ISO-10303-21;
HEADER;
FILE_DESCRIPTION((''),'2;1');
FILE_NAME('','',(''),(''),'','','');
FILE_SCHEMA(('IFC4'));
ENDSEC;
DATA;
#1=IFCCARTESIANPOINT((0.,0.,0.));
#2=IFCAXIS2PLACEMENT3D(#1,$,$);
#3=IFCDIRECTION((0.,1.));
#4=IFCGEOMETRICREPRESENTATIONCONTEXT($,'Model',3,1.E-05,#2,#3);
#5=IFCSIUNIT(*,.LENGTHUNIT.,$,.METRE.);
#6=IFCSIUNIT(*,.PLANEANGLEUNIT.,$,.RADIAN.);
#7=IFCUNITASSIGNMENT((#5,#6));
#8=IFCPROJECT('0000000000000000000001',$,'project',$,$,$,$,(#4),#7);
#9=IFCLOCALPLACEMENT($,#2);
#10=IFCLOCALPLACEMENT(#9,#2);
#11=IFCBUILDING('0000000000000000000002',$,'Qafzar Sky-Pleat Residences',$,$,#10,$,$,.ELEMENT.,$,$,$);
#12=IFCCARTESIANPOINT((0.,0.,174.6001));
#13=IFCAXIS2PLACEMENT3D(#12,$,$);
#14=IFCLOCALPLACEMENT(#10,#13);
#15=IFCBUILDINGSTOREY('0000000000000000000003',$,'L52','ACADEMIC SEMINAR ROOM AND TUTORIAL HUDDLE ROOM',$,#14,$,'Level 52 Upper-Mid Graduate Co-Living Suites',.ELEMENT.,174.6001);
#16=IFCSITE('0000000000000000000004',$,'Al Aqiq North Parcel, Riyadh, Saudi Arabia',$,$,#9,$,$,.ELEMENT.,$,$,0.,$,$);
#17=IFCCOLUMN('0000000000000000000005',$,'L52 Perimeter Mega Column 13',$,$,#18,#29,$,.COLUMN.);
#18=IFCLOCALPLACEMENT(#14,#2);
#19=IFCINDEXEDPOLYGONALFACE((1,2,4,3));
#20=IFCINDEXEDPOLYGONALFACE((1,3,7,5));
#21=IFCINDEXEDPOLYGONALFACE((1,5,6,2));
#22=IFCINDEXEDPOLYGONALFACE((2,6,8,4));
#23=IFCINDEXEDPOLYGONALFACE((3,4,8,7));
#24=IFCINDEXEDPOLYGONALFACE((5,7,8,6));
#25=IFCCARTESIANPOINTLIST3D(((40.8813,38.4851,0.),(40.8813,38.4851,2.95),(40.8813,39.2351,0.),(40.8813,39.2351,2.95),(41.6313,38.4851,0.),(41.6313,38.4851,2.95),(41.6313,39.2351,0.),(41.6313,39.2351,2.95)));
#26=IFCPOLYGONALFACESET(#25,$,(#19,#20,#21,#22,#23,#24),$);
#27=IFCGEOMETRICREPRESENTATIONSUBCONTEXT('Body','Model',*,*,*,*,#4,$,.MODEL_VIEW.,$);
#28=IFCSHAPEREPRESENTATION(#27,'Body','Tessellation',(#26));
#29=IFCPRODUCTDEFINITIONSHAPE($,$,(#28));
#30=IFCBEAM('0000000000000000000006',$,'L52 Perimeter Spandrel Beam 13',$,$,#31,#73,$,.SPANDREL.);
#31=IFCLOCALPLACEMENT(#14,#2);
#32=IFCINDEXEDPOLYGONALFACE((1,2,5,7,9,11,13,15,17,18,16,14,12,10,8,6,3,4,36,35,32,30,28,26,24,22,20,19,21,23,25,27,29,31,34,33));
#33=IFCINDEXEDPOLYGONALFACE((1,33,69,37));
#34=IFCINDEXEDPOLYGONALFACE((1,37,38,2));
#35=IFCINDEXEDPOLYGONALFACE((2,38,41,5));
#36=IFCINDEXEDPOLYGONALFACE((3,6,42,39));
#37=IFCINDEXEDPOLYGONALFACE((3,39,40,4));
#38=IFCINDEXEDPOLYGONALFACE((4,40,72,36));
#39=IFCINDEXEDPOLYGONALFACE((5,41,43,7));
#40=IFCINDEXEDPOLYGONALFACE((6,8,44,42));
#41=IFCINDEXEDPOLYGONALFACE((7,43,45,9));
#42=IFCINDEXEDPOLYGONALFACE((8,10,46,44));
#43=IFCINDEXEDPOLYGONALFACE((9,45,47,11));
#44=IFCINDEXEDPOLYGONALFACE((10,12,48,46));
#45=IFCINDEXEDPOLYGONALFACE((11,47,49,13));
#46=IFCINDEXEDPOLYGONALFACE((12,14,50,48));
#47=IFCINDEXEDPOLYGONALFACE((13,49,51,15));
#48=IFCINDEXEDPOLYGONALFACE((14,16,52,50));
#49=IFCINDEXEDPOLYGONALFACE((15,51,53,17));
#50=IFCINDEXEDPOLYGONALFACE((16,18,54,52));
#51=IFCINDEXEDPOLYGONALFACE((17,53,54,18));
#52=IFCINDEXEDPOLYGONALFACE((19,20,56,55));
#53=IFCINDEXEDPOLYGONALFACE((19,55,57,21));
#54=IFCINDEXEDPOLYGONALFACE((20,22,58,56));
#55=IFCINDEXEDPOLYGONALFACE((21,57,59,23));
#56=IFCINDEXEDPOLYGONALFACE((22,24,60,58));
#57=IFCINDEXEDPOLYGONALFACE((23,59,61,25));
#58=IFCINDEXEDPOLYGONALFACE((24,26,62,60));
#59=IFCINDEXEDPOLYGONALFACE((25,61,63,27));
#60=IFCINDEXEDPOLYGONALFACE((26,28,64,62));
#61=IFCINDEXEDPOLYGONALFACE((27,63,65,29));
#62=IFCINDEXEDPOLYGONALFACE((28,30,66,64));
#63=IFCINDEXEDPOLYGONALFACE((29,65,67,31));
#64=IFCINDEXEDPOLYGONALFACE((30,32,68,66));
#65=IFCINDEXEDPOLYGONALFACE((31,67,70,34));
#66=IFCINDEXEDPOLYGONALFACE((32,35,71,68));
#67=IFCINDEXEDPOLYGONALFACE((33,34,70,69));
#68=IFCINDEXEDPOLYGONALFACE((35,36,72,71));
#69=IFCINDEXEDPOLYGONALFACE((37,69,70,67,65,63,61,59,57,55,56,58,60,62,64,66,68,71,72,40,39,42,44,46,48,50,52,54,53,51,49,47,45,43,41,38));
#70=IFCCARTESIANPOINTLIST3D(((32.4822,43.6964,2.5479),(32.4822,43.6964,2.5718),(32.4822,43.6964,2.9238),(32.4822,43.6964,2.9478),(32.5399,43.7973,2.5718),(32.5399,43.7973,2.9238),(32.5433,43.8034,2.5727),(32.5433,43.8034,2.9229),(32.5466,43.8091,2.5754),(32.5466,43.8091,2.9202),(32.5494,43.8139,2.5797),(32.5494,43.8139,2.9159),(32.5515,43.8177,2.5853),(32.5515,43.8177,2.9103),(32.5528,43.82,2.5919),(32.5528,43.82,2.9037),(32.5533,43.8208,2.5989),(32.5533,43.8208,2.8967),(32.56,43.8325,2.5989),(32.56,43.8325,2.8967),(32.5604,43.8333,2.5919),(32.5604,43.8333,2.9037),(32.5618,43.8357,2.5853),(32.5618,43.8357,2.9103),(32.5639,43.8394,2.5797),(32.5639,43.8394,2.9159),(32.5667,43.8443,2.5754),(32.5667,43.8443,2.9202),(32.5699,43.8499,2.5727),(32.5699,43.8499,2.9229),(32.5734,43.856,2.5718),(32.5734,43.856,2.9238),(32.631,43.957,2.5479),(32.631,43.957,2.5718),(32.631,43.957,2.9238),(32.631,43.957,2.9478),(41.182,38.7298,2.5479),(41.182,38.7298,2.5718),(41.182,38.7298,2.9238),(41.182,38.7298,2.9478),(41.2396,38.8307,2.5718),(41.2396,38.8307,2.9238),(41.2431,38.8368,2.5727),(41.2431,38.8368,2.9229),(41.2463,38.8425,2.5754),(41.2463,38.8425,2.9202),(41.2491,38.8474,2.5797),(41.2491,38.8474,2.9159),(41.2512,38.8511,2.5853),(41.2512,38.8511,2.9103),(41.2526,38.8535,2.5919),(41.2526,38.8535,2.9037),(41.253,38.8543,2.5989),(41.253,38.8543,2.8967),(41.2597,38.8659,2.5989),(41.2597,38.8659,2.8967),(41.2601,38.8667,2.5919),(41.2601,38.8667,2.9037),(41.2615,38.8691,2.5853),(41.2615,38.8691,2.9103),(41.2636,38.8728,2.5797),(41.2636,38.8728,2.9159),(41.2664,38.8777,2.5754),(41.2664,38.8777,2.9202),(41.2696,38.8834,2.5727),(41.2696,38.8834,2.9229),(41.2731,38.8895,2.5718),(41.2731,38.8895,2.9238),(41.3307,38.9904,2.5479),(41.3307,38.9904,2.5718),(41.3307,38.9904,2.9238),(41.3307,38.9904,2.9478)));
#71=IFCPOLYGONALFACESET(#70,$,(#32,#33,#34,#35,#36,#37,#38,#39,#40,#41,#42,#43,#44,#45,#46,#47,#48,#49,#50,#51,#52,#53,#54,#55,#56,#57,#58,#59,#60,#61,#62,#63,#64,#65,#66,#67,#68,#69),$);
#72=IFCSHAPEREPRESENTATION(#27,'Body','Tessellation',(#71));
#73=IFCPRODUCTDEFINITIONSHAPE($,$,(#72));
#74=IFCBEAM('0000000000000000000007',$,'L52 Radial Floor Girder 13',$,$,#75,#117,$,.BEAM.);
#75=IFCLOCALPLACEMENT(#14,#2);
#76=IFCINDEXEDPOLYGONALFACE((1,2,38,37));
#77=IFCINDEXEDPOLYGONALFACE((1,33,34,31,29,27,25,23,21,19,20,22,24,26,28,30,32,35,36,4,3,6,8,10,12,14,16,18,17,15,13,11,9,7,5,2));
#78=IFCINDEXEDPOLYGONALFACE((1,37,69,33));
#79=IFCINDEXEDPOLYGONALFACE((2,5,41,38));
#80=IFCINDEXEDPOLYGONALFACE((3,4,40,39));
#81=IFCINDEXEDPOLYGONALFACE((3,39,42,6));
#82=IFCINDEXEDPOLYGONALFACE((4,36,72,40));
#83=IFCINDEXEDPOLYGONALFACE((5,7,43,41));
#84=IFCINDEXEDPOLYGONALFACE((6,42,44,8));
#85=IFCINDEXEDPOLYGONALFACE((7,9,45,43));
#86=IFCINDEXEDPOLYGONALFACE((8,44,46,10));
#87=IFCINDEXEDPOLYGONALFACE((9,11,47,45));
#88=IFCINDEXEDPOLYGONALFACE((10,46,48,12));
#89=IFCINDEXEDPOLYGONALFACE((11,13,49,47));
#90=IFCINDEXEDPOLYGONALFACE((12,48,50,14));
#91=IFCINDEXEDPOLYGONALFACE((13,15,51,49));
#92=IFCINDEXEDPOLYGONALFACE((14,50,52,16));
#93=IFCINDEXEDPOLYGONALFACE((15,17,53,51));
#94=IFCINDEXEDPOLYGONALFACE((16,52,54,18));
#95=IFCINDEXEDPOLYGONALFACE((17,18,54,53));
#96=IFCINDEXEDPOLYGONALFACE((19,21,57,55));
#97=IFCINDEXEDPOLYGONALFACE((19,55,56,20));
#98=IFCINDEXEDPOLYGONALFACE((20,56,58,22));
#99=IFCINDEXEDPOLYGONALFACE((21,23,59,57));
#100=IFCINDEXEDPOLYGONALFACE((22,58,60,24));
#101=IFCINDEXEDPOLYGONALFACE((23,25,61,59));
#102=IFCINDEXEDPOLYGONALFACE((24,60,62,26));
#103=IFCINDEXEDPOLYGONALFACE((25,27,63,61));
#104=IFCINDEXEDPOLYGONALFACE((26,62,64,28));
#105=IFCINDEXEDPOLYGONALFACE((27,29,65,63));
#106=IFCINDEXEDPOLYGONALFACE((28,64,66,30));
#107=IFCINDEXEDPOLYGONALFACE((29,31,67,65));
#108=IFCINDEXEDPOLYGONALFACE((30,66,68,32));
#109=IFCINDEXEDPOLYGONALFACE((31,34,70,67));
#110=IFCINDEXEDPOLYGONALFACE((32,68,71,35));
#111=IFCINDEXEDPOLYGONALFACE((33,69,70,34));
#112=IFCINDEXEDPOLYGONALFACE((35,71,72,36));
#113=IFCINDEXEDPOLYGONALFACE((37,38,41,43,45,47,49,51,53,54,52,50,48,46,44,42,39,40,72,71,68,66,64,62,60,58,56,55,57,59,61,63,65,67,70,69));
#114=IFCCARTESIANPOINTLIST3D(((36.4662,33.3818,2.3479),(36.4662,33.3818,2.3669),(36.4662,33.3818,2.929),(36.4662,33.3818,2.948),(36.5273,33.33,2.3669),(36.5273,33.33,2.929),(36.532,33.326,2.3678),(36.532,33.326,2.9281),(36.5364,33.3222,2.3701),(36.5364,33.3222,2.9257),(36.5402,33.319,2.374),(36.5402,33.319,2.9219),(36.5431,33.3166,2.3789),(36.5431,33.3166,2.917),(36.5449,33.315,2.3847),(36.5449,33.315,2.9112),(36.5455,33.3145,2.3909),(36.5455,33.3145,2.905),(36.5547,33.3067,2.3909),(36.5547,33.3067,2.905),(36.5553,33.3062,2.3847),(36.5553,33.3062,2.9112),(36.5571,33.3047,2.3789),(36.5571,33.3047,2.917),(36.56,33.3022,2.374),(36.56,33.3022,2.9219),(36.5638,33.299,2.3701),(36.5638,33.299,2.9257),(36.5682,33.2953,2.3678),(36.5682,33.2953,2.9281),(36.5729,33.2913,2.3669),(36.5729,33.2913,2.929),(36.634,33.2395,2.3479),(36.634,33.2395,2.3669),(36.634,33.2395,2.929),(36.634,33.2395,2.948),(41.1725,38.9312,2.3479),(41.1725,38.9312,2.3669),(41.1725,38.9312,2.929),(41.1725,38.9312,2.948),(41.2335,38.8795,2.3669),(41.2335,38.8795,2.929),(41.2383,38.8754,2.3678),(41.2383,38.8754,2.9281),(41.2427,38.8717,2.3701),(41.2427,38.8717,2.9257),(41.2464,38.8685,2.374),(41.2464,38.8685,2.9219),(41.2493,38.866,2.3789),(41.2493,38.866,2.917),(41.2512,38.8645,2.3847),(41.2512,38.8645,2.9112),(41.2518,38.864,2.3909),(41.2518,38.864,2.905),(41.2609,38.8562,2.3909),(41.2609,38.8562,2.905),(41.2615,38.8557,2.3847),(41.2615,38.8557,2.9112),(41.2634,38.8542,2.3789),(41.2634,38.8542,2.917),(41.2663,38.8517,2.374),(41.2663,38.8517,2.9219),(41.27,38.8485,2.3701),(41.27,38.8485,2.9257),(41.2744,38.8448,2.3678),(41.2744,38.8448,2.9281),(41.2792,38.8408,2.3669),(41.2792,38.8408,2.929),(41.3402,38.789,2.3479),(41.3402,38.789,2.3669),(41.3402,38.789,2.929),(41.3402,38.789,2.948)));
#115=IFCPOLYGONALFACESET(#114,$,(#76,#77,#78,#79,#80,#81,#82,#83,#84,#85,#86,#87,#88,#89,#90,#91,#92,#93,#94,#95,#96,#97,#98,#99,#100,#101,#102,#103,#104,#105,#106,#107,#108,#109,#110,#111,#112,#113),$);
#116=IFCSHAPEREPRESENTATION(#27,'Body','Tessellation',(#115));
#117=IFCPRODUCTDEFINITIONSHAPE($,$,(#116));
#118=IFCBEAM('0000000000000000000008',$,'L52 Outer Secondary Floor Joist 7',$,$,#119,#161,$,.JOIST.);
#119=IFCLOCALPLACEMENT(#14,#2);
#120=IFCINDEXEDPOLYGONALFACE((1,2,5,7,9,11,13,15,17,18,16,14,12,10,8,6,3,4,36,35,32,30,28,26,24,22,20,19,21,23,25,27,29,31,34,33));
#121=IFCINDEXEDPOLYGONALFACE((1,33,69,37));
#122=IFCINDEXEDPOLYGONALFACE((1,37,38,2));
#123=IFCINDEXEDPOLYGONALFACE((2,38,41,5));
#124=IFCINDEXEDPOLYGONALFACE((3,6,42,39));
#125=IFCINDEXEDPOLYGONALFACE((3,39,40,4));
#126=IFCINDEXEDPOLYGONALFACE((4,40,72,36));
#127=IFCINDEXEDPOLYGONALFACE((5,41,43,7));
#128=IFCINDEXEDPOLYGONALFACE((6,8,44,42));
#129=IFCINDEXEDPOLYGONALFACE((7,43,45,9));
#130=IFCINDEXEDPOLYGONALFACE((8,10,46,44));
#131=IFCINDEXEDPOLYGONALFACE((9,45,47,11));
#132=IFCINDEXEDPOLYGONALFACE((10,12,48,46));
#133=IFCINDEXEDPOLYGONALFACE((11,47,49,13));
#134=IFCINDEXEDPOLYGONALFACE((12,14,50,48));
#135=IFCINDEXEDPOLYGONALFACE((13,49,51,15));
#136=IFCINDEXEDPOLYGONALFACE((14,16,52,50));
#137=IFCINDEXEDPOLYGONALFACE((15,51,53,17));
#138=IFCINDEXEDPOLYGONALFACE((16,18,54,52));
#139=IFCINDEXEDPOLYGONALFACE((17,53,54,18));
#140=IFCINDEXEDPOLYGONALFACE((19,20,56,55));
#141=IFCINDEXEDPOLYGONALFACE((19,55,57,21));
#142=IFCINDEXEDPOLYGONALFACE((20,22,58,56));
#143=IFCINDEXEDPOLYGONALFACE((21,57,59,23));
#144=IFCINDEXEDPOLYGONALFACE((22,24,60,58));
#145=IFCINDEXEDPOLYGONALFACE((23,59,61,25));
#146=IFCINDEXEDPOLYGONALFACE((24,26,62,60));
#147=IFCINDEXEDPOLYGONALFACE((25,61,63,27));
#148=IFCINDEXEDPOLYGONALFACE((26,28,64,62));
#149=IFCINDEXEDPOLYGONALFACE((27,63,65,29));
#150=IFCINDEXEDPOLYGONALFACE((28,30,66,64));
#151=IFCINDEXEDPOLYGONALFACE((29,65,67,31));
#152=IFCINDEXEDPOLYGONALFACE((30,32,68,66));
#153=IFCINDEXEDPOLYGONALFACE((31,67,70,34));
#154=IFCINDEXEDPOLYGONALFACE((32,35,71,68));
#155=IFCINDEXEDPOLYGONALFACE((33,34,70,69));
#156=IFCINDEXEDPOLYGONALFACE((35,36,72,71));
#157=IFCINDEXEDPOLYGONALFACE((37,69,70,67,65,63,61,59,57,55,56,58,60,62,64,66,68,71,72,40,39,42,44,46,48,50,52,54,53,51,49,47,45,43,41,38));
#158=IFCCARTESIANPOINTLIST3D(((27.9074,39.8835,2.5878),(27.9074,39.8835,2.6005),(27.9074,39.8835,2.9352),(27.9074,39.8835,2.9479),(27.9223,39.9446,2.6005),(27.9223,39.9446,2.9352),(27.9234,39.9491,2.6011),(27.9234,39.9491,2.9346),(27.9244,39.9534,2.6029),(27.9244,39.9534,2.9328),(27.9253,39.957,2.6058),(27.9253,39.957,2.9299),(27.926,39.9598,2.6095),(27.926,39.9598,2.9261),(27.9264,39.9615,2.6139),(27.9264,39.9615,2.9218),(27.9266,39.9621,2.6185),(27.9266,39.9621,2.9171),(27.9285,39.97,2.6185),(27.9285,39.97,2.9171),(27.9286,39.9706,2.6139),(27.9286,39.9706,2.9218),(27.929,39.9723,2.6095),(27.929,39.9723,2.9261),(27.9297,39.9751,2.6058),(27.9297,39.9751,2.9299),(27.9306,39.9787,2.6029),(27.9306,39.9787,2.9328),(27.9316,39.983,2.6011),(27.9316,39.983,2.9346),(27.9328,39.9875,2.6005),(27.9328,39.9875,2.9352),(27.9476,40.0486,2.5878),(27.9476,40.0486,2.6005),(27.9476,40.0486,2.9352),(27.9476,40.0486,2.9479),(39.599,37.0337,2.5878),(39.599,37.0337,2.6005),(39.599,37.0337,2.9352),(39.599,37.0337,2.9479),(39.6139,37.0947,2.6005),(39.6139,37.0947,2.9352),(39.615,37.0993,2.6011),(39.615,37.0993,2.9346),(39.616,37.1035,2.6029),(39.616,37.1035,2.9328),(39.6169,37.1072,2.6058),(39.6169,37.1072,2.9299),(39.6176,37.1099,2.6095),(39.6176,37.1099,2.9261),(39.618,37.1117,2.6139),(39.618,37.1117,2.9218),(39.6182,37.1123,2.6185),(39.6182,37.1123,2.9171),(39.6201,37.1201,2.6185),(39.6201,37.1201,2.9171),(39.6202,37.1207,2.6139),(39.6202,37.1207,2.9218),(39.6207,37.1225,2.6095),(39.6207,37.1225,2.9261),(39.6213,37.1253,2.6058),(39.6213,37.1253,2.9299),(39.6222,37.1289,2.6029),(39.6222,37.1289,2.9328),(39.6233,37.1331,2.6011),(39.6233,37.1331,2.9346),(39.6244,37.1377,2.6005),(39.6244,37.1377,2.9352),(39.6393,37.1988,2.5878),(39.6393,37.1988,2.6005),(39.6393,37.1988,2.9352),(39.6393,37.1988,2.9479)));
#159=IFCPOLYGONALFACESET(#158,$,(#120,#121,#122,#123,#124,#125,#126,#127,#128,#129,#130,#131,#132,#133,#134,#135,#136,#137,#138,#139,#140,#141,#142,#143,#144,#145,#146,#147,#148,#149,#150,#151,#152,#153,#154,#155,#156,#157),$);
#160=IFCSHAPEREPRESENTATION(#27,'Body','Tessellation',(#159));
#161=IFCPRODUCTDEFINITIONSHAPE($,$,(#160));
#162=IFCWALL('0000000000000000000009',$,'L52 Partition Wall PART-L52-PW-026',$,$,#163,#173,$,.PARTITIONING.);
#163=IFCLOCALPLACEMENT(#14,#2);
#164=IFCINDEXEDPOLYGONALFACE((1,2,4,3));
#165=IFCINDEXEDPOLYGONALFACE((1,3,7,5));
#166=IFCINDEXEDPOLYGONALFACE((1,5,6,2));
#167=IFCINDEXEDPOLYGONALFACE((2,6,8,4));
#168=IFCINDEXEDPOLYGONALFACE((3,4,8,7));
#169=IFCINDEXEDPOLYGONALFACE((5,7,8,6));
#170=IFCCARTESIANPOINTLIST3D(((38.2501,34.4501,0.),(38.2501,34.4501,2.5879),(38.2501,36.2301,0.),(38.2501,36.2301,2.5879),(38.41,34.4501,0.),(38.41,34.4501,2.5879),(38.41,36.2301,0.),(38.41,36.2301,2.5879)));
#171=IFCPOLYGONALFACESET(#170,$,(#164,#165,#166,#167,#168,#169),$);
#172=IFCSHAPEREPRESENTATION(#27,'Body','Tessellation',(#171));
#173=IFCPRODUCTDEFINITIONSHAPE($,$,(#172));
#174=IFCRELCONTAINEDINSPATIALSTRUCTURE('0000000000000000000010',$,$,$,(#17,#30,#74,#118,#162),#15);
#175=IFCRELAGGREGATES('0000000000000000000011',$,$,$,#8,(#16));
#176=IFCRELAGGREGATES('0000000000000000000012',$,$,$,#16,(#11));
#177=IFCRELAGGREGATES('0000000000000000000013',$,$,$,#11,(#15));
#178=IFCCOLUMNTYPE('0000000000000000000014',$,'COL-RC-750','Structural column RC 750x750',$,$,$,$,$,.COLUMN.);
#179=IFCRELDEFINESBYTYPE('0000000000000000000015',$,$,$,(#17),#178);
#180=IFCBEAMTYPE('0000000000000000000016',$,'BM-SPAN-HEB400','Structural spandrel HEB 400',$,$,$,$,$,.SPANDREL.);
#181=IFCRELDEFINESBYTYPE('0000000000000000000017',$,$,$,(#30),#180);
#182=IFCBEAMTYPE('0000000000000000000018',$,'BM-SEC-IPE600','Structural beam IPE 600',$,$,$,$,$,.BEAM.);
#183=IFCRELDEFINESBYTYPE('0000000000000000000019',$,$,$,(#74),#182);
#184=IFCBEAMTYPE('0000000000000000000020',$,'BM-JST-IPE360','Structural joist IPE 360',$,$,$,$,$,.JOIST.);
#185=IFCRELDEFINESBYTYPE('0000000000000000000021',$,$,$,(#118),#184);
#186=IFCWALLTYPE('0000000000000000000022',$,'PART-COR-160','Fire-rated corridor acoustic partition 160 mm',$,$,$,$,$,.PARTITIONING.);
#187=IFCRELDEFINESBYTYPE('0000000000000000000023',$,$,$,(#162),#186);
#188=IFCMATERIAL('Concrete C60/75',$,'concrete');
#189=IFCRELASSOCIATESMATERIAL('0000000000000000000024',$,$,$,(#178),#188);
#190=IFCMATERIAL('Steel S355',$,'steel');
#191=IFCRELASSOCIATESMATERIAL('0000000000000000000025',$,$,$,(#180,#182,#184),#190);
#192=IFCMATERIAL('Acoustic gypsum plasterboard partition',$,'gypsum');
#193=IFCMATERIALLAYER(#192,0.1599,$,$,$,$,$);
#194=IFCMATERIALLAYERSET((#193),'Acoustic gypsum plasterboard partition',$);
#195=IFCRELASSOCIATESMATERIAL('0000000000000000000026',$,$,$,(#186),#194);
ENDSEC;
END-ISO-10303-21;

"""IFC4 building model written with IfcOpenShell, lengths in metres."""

from ifc_helpers import new_model, si_unit, direction, frame, frame_2d, origin, origin_2d, place, context, subcontext, project, spatial, rectangle, i_section, extrude, source, transform, mapped, material, layer, layer_set, material_profile, profile_set, type_object, element, save


model = new_model("IFC4")

# Units and contexts
model_context = context("Model", 3, precision=1e-05, world=origin(), true_north=direction((0.0, 1.0)))
body_context = subcontext(model_context, "Body", "Model", "MODEL_VIEW")
ifc_project = project(units=[si_unit("LENGTHUNIT", "METRE"), si_unit("PLANEANGLEUNIT", "RADIAN")], contexts=[model_context])

# Site, building, storey
site_placement = place(None, origin())
site = spatial("IfcSite", under=ifc_project, at=site_placement, Name="Al Aqiq North Parcel, Riyadh, Saudi Arabia", CompositionType="ELEMENT", RefElevation=0.0)
building_placement = place(site_placement, origin())
building = spatial("IfcBuilding", under=site, at=building_placement, Name="Qafzar Sky-Pleat Residences", CompositionType="ELEMENT")
storey_placement = place(building_placement, frame((0.0, 0.0, 174.6001)))
storey = spatial("IfcBuildingStorey", under=building, at=storey_placement, Name="L52", Description="ACADEMIC SEMINAR ROOM AND TUTORIAL HUDDLE ROOM", LongName="Level 52 Upper-Mid Graduate Co-Living Suites", CompositionType="ELEMENT", Elevation=174.6001)

# Column
ifc_material_1 = material(Name="Concrete C60/75", Category="concrete")
ifc_material_profile_1 = material_profile(ifc_material_1, rectangle(XDim=0.75, YDim=0.75, at=origin_2d()), Name="RC 750x750")
ifc_profile_set_1 = profile_set([ifc_material_profile_1], Name="Concrete C60/75")
column_type = type_object("IfcColumnType", Name="COL-RC-750", Description="Structural column RC 750x750", PredefinedType="COLUMN", material=ifc_profile_set_1)
shared_shape_1 = source(origin(), body_context, "Body", "SweptSolid", [
    extrude(rectangle(XDim=0.75, YDim=0.75, at=origin_2d()), origin(), (0.0, 0.0, 1.0), 2.95),
])
column_placement = place(storey_placement, frame((41.2563, 38.8601, 0.0), z_axis=(0.0, 0.0, 1.0), x_axis=(1.0, 0.0, 0.0)))
element("IfcColumn", 1, at=column_placement, inside=storey, type_object=column_type, Name="L52 Perimeter Mega Column 13", PredefinedType="COLUMN", context=body_context, shape_type="MappedRepresentation", body=[
    mapped(shared_shape_1, transform((0.0, 0.0, 0.0), x_axis=(1.0, 0.0, 0.0), y_axis=(0.0, 1.0, 0.0), z_axis=(0.0, 0.0, 1.0), scale=1.0)),
])

# Beams
ifc_material_2 = material(Name="Steel S355", Category="steel")
ifc_material_profile_2 = material_profile(ifc_material_2, i_section(OverallWidth=0.3, OverallDepth=0.3999, WebThickness=0.0134, FlangeThickness=0.0239, FilletRadius=0.0271, at=origin_2d()), Name="HEB 400")
ifc_profile_set_2 = profile_set([ifc_material_profile_2], Name="Steel S355")
beam_type_1 = type_object("IfcBeamType", Name="BM-SPAN-HEB400", Description="Structural spandrel HEB 400", PredefinedType="SPANDREL", material=ifc_profile_set_2)
shared_shape_2 = source(origin(), body_context, "Body", "SweptSolid", [
    extrude(i_section(OverallWidth=0.3, OverallDepth=0.3999, WebThickness=0.0134, FlangeThickness=0.0239, FilletRadius=0.0271, at=origin_2d()), origin(), (0.0, 0.0, 1.0), 10.0176),
])
beam_1_placement = place(storey_placement, frame((41.2563, 38.8601, 2.7478), z_axis=(-0.868446, 0.495785, 0.0), x_axis=(-0.495785, -0.868446, 0.0)))
element("IfcBeam", 2, at=beam_1_placement, inside=storey, type_object=beam_type_1, Name="L52 Perimeter Spandrel Beam 13", PredefinedType="SPANDREL", context=body_context, shape_type="MappedRepresentation", body=[
    mapped(shared_shape_2, transform((0.0, 0.0, 0.0), x_axis=(1.0, 0.0, 0.0), y_axis=(0.0, 1.0, 0.0), z_axis=(0.0, 0.0, 1.0), scale=1.0)),
])
ifc_material_profile_3 = material_profile(ifc_material_2, i_section(OverallWidth=0.22, OverallDepth=0.6001, WebThickness=0.012, FlangeThickness=0.019, FilletRadius=0.0239, at=origin_2d()), Name="IPE 600")
ifc_profile_set_3 = profile_set([ifc_material_profile_3], Name="Steel S355")
beam_type_2 = type_object("IfcBeamType", Name="BM-SEC-IPE600", Description="Structural beam IPE 600", PredefinedType="BEAM", material=ifc_profile_set_3)
shared_shape_3 = source(origin(), body_context, "Body", "SweptSolid", [
    extrude(i_section(OverallWidth=0.22, OverallDepth=0.6001, WebThickness=0.012, FlangeThickness=0.019, FilletRadius=0.0239, at=origin_2d()), origin(), (0.0, 0.0, 1.0), 7.2764),
])
beam_2_placement = place(storey_placement, frame((41.2563, 38.8601, 2.6479), z_axis=(-0.646784, -0.762673, 0.0), x_axis=(0.762673, -0.646784, 0.0)))
element("IfcBeam", 3, at=beam_2_placement, inside=storey, type_object=beam_type_2, Name="L52 Radial Floor Girder 13", PredefinedType="BEAM", context=body_context, shape_type="MappedRepresentation", body=[
    mapped(shared_shape_3, transform((0.0, 0.0, 0.0), x_axis=(1.0, 0.0, 0.0), y_axis=(0.0, 1.0, 0.0), z_axis=(0.0, 0.0, 1.0), scale=1.0)),
])
ifc_material_profile_4 = material_profile(ifc_material_2, i_section(OverallWidth=0.1699, OverallDepth=0.3601, WebThickness=0.0081, FlangeThickness=0.0127, FilletRadius=0.0181, at=origin_2d()), Name="IPE 360")
ifc_profile_set_4 = profile_set([ifc_material_profile_4], Name="Steel S355")
beam_type_3 = type_object("IfcBeamType", Name="BM-JST-IPE360", Description="Structural joist IPE 360", PredefinedType="JOIST", material=ifc_profile_set_4)
shared_shape_4 = source(origin(), body_context, "Body", "SweptSolid", [
    extrude(i_section(OverallWidth=0.1699, OverallDepth=0.3601, WebThickness=0.0081, FlangeThickness=0.0127, FilletRadius=0.0181, at=origin_2d()), origin(), (0.0, 0.0, 1.0), 12.0339),
])
beam_3_placement = place(storey_placement, frame((39.6191, 37.1162, 2.7678), z_axis=(-0.971554, 0.236817, 0.0), x_axis=(-0.236817, -0.971554, 0.0)))
element("IfcBeam", 4, at=beam_3_placement, inside=storey, type_object=beam_type_3, Name="L52 Outer Secondary Floor Joist 7", PredefinedType="JOIST", context=body_context, shape_type="MappedRepresentation", body=[
    mapped(shared_shape_4, transform((0.0, 0.0, 0.0), x_axis=(1.0, 0.0, 0.0), y_axis=(0.0, 1.0, 0.0), z_axis=(0.0, 0.0, 1.0), scale=1.0)),
])

# Wall
ifc_material_3 = material(Name="Acoustic gypsum plasterboard partition", Category="gypsum")
ifc_layer_1 = layer(ifc_material_3, 0.1599)
ifc_layer_set_1 = layer_set([ifc_layer_1], Name="Acoustic gypsum plasterboard partition")
wall_type_1 = type_object("IfcWallType", Name="PART-COR-160", Description="Fire-rated corridor acoustic partition 160 mm", PredefinedType="PARTITIONING", material=ifc_layer_set_1)
wall_1_placement = place(storey_placement, frame((38.3301, 34.45, 0.0), z_axis=(0.0, 0.0, 1.0), x_axis=(0.0, 1.0, 0.0)))
element("IfcWall", 5, at=wall_1_placement, inside=storey, type_object=wall_type_1, Name="L52 Partition Wall PART-L52-PW-026", PredefinedType="PARTITIONING", context=body_context, shape_type="SweptSolid", body=[
    extrude(rectangle(XDim=1.78, YDim=0.1599, at=frame_2d((0.8901, 0.0))), origin(), (0.0, 0.0, 1.0), 2.5879),
])

save(model, "model.ifc")
